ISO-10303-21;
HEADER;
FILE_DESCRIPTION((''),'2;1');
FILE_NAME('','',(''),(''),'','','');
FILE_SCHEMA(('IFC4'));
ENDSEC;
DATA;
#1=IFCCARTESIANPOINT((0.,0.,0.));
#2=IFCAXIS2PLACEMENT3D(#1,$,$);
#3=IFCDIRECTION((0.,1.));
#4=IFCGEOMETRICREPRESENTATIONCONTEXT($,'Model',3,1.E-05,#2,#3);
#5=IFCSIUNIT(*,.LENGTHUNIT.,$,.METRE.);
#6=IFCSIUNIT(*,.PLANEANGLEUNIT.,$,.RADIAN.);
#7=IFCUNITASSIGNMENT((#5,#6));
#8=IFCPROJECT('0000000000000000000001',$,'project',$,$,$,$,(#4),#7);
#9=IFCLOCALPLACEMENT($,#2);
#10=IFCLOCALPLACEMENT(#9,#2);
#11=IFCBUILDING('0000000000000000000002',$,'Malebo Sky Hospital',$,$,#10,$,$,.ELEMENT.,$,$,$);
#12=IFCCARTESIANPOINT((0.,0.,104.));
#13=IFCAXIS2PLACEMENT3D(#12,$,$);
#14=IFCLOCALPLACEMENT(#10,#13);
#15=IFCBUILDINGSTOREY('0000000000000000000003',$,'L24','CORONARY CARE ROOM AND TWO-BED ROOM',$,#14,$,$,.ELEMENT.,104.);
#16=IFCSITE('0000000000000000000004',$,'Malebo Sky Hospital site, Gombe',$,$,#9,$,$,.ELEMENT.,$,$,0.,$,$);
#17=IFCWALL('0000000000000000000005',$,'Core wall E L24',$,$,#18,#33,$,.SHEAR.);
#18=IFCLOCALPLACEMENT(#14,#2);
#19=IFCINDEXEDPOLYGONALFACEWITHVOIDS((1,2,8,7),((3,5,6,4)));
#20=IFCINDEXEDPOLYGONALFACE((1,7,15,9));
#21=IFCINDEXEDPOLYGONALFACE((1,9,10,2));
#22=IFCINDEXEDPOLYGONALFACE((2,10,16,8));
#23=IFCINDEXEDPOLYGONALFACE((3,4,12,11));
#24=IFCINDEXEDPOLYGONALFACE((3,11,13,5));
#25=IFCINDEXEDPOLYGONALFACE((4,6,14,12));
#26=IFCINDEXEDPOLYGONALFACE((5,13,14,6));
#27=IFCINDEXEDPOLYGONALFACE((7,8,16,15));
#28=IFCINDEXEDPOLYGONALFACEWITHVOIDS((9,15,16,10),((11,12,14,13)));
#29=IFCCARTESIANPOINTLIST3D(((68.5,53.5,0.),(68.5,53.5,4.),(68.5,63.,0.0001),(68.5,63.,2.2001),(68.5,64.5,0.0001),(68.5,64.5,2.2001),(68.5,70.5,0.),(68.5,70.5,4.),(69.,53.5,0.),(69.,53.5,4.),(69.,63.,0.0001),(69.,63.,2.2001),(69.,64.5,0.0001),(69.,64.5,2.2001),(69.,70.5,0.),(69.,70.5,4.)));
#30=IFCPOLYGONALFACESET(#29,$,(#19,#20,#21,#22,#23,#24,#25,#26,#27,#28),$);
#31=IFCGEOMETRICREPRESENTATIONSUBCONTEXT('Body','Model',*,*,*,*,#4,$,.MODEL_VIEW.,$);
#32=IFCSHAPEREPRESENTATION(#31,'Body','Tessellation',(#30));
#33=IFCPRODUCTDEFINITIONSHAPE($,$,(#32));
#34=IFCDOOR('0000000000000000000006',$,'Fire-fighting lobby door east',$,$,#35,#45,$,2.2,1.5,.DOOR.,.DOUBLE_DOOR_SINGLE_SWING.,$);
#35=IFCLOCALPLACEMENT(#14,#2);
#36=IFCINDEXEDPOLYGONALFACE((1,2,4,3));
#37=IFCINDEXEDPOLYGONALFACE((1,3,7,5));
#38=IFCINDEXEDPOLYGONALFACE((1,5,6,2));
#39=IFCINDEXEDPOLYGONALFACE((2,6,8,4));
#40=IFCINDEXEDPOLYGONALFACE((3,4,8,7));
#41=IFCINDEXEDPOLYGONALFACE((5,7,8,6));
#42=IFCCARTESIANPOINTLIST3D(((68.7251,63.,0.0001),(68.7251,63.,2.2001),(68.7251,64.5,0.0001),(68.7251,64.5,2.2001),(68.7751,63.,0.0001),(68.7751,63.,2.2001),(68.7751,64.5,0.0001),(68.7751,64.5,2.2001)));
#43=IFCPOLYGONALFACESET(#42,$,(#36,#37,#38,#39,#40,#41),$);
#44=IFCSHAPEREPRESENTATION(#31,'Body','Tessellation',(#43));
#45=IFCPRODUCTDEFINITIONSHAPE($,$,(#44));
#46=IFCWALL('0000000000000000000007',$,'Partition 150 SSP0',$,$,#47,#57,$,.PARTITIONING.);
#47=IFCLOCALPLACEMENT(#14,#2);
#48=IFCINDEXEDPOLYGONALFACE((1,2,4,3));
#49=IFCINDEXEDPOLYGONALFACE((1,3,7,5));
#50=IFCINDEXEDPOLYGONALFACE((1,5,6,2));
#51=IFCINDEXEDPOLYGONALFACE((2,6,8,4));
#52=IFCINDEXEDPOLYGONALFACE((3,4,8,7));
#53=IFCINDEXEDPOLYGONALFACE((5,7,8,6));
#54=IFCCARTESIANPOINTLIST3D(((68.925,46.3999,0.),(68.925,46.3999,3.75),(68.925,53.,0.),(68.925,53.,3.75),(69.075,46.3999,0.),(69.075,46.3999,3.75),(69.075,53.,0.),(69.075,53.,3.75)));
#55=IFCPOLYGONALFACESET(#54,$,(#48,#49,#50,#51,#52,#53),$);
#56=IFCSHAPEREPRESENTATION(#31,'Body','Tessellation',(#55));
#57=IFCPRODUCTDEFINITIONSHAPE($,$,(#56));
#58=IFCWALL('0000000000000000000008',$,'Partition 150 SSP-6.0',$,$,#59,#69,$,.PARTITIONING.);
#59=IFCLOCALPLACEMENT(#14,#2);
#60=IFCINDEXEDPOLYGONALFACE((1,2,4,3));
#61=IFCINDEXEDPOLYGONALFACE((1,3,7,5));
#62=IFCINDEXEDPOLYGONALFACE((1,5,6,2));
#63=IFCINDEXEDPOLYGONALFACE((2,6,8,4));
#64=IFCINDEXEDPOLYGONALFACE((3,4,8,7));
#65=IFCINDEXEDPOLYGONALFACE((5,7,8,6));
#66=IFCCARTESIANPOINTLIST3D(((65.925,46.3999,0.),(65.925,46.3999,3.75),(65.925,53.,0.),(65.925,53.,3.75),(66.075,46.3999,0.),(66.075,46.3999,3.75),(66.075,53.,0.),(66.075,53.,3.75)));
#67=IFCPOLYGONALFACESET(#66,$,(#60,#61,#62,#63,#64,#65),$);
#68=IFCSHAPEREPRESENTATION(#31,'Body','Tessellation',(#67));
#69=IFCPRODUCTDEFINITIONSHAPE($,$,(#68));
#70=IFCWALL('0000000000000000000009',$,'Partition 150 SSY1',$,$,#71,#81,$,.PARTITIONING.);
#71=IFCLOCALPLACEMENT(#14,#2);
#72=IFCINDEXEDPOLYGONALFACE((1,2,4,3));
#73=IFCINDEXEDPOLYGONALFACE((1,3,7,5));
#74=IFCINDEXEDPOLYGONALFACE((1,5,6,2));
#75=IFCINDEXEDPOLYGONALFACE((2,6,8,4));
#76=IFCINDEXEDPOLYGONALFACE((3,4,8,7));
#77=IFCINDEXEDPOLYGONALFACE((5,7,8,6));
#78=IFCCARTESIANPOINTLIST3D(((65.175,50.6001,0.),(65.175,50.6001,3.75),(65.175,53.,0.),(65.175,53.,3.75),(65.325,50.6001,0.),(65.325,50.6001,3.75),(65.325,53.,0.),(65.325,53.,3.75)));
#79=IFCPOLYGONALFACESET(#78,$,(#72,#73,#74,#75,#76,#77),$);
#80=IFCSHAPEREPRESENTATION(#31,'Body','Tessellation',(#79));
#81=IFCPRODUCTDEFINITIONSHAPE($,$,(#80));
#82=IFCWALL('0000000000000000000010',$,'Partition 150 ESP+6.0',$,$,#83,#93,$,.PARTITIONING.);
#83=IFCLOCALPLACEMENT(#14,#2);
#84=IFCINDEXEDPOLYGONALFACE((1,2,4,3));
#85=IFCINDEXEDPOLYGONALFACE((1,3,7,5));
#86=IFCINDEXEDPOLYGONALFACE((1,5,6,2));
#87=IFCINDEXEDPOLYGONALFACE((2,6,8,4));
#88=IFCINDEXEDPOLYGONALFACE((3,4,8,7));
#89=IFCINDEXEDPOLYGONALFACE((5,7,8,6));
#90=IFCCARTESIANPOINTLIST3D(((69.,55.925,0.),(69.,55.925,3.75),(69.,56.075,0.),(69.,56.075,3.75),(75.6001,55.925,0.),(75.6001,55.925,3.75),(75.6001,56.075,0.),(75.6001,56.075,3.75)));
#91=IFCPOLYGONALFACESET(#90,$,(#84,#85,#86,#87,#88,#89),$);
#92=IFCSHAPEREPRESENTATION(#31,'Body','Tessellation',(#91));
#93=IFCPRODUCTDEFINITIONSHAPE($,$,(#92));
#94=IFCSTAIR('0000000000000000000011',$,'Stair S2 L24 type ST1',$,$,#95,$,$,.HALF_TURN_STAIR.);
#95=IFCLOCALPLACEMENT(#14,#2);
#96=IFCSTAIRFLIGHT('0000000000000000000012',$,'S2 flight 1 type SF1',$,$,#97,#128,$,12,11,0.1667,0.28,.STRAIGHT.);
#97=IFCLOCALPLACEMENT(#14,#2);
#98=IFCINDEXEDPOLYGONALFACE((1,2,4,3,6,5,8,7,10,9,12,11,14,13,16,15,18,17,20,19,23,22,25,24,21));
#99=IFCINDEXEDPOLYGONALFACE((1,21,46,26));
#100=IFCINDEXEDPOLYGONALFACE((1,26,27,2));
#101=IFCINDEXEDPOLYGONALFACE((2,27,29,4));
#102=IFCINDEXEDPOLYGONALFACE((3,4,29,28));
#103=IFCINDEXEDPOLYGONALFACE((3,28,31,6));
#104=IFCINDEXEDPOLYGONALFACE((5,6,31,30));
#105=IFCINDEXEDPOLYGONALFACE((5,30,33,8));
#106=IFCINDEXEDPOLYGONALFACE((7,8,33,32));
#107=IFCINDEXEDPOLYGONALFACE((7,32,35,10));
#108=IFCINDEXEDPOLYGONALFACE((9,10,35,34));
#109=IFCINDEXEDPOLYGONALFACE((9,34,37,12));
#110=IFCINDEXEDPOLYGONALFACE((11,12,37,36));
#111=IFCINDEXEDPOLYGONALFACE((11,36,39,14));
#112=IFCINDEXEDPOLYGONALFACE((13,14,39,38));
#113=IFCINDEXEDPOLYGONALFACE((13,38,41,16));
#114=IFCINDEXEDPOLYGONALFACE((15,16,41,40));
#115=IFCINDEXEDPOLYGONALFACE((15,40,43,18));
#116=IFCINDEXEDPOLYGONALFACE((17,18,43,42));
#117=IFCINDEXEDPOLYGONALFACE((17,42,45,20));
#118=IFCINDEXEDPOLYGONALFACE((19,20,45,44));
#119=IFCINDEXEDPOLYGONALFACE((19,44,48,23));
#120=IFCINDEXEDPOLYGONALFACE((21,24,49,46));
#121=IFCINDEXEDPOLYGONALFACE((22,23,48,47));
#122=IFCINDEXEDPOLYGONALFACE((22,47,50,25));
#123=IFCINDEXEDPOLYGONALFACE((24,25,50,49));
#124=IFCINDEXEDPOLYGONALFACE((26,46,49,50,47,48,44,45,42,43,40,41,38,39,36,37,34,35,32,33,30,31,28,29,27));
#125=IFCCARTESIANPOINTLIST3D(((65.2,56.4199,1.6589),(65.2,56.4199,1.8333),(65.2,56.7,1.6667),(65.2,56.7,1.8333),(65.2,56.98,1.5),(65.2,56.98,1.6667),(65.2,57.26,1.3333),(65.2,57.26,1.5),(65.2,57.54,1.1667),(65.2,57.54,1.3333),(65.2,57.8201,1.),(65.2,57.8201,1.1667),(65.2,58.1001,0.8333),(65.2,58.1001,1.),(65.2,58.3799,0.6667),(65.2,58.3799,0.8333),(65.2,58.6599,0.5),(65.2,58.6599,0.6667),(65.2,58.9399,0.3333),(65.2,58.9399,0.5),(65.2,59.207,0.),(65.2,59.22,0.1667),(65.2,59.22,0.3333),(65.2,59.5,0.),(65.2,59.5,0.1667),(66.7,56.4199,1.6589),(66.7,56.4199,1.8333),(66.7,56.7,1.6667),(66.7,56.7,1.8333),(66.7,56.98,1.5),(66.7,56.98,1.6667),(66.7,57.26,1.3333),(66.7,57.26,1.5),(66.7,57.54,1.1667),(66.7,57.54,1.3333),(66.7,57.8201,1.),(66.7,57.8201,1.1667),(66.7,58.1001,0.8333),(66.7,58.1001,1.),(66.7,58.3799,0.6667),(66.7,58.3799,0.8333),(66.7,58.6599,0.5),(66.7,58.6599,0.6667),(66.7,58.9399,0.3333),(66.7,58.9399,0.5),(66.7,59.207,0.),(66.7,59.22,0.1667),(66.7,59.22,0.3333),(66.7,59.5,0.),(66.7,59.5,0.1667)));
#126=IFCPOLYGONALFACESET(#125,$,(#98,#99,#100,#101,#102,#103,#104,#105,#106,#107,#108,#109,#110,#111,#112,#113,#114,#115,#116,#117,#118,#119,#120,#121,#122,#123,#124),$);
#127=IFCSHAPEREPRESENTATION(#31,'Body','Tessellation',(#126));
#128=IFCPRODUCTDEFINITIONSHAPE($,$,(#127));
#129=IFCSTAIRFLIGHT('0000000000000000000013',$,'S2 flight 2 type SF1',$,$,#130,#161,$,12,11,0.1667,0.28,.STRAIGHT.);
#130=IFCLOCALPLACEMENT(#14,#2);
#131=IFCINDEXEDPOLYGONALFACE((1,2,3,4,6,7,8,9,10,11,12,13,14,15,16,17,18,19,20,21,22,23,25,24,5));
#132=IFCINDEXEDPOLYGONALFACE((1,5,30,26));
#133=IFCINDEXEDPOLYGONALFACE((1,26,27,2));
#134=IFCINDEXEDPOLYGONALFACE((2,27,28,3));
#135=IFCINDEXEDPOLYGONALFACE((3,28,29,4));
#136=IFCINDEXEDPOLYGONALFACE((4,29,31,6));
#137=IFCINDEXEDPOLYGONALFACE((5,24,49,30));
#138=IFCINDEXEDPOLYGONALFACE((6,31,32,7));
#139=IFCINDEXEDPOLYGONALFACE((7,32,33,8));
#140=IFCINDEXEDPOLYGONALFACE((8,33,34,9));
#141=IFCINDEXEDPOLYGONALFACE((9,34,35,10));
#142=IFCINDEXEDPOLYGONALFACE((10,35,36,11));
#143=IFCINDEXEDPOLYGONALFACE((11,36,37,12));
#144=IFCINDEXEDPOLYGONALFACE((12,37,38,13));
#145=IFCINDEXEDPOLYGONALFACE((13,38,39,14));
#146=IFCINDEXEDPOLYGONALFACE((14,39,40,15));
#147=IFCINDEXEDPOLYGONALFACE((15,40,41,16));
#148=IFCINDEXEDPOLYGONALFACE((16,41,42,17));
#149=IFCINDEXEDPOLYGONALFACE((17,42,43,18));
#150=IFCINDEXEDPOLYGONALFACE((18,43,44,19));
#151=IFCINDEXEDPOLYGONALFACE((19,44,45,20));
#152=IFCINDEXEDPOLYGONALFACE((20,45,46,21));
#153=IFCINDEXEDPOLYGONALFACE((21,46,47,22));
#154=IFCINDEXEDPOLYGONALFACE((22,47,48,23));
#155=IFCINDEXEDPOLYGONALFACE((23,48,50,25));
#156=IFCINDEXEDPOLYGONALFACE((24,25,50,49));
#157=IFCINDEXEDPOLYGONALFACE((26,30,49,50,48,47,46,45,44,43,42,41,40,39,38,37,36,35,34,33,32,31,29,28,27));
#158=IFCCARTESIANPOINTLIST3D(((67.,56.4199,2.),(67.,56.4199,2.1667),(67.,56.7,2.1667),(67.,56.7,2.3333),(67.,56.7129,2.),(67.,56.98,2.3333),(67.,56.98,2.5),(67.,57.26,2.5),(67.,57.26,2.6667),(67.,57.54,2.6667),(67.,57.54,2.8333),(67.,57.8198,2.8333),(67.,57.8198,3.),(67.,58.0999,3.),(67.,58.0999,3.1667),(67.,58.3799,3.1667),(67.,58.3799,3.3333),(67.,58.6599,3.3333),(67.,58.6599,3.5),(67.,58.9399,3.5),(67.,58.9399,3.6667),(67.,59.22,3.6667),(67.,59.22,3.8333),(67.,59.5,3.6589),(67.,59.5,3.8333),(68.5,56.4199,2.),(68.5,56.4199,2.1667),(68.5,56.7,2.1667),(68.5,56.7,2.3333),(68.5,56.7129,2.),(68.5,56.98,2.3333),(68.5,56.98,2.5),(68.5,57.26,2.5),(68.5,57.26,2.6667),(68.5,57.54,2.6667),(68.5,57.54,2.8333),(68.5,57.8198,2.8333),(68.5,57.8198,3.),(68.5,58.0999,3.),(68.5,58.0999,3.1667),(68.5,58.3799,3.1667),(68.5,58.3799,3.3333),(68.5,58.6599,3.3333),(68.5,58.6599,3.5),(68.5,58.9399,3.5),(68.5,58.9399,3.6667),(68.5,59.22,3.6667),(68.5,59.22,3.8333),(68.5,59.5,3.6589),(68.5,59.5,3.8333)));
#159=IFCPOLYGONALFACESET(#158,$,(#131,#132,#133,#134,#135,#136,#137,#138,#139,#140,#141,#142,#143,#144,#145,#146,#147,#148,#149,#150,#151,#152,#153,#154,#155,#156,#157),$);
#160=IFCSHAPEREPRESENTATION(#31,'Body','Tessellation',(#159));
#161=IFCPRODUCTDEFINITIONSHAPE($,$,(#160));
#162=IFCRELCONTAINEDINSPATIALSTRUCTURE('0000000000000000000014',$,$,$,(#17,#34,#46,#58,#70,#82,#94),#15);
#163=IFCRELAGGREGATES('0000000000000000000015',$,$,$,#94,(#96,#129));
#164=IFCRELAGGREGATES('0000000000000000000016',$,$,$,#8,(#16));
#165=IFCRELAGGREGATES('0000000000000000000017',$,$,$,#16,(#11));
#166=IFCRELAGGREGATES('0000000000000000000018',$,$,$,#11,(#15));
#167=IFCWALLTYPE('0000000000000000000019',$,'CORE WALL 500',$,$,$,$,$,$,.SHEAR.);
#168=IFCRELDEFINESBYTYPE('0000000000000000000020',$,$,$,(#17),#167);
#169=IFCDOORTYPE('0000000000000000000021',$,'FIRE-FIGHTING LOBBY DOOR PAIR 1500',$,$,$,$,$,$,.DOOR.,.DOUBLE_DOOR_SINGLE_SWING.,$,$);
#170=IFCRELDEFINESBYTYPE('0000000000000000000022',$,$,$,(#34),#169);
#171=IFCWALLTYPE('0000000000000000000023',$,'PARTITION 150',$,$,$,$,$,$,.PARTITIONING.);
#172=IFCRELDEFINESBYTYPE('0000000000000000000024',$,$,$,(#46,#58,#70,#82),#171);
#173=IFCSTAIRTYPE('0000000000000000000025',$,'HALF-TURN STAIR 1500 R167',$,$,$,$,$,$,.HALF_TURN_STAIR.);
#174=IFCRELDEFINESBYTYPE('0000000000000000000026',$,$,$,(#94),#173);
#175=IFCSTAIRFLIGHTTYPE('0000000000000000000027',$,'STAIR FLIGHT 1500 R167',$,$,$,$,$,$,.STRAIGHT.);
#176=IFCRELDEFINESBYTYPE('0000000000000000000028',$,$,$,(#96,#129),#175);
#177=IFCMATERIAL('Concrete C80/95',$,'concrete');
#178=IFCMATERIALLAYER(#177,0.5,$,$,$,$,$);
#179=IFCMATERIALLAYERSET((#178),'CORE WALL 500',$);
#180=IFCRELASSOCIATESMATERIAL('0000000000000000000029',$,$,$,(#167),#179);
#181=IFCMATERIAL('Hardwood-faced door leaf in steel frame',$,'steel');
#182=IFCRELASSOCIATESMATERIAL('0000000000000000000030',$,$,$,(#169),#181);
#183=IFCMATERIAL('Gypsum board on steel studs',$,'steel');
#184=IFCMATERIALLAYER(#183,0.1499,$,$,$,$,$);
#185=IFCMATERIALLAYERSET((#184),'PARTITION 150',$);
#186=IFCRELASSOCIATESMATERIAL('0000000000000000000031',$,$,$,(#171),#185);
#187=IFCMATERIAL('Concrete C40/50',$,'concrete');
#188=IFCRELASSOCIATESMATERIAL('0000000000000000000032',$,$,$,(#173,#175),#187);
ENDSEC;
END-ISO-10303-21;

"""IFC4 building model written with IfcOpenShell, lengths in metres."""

from ifc_helpers import new_model, si_unit, direction, frame, frame_2d, origin, place, context, subcontext, project, spatial, polyline, rectangle, outline, extrude, material, layer, layer_set, type_object, element, fill, aggregate, save


model = new_model("IFC4")

# Units and contexts
model_context = context("Model", 3, precision=1e-05, world=origin(), true_north=direction((0.0, 1.0)))
body_context = subcontext(model_context, "Body", "Model", "MODEL_VIEW")
ifc_project = project(units=[si_unit("LENGTHUNIT", "METRE"), si_unit("PLANEANGLEUNIT", "RADIAN")], contexts=[model_context])

# Site, building, storey
site_placement = place(None, origin())
site = spatial("IfcSite", under=ifc_project, at=site_placement, Name="Malebo Sky Hospital site, Gombe", CompositionType="ELEMENT", RefElevation=0.0)
building_placement = place(site_placement, origin())
building = spatial("IfcBuilding", under=site, at=building_placement, Name="Malebo Sky Hospital", CompositionType="ELEMENT")
storey_placement = place(building_placement, frame((0.0, 0.0, 104.0)))
storey = spatial("IfcBuildingStorey", under=building, at=storey_placement, Name="L24", Description="CORONARY CARE ROOM AND TWO-BED ROOM", CompositionType="ELEMENT", Elevation=104.0)

# Shared definitions
ifc_material_1 = material(Name="Concrete C80/95", Category="concrete")

# Wall, opening, door
ifc_material_2 = material(Name="Hardwood-faced door leaf in steel frame", Category="steel")
ifc_layer_1 = layer(ifc_material_1, 0.5)
ifc_layer_set_1 = layer_set([ifc_layer_1], Name="CORE WALL 500")
wall_type_1 = type_object("IfcWallType", Name="CORE WALL 500", PredefinedType="SHEAR", material=ifc_layer_set_1)
wall_1_placement = place(storey_placement, frame((68.75, 53.5, 0.0), z_axis=(0.0, 0.0, 1.0), x_axis=(0.0, 1.0, 0.0)))
wall_1 = element("IfcWall", 1, at=wall_1_placement, inside=storey, type_object=wall_type_1, Name="Core wall E L24", PredefinedType="SHEAR", context=body_context, shape_type="SweptSolid", body=[
    extrude(rectangle(XDim=17.0, YDim=0.5, at=frame_2d((8.5, 0.0))), origin(), (0.0, 0.0, 1.0), 4.0),
])
opening_1_placement = place(wall_1_placement, frame((9.5, 0.0, 0.0)))
opening_1 = element("IfcOpeningElement", 2, at=opening_1_placement, cuts=wall_1, PredefinedType="OPENING", context=body_context, shape_type="SweptSolid", body=[
    extrude(rectangle(XDim=1.5, YDim=2.2, at=frame_2d((0.75, 1.1001))), frame((0.0, 0.26, 0.0), z_axis=(0.0, -1.0, 0.0), x_axis=(1.0, 0.0, 0.0)), (0.0, 0.0, 1.0), 0.52),
])
door_type_1 = type_object("IfcDoorType", Name="FIRE-FIGHTING LOBBY DOOR PAIR 1500", OperationType="DOUBLE_DOOR_SINGLE_SWING", PredefinedType="DOOR", material=ifc_material_2)
door_1_placement = place(opening_1_placement, origin())
door_1 = element("IfcDoor", 3, at=door_1_placement, inside=storey, type_object=door_type_1, Name="Fire-fighting lobby door east", OperationType="DOUBLE_DOOR_SINGLE_SWING", OverallHeight=2.2, OverallWidth=1.5, PredefinedType="DOOR", context=body_context, shape_type="SweptSolid", body=[
    extrude(rectangle(XDim=1.5, YDim=2.2, at=frame_2d((0.75, 1.1001))), frame((0.0, 0.0249, 0.0), z_axis=(0.0, -1.0, 0.0), x_axis=(1.0, 0.0, 0.0)), (0.0, 0.0, 1.0), 0.05),
])
fill(opening_1, door_1)

# Walls
ifc_material_3 = material(Name="Gypsum board on steel studs", Category="steel")
ifc_layer_2 = layer(ifc_material_3, 0.1499)
ifc_layer_set_2 = layer_set([ifc_layer_2], Name="PARTITION 150")
wall_type_2 = type_object("IfcWallType", Name="PARTITION 150", PredefinedType="PARTITIONING", material=ifc_layer_set_2)
for number, where, z_axis, x_axis, name in (
    (4, (69.0, 53.0, 0.0), (0.0, 0.0, 1.0), (0.0, -1.0, 0.0), "Partition 150 SSP0"),
    (5, (66.0, 53.0, 0.0), (0.0, 0.0, 1.0), (0.0, -1.0, 0.0), "Partition 150 SSP-6.0"),
):
    element("IfcWall", number, at=place(storey_placement, frame(where, z_axis=z_axis, x_axis=x_axis)), inside=storey, type_object=wall_type_2, Name=name, PredefinedType="PARTITIONING", context=body_context, shape_type="SweptSolid", body=[
        extrude(rectangle(XDim=6.6001, YDim=0.1499, at=frame_2d((3.3, 0.0))), origin(), (0.0, 0.0, 1.0), 3.75),
    ])
wall_2_placement = place(storey_placement, frame((65.25, 53.0, 0.0), z_axis=(0.0, 0.0, 1.0), x_axis=(0.0, -1.0, 0.0)))
element("IfcWall", 6, at=wall_2_placement, inside=storey, type_object=wall_type_2, Name="Partition 150 SSY1", PredefinedType="PARTITIONING", context=body_context, shape_type="SweptSolid", body=[
    extrude(rectangle(XDim=2.3999, YDim=0.1499, at=frame_2d((1.2, 0.0))), origin(), (0.0, 0.0, 1.0), 3.75),
])
wall_3_placement = place(storey_placement, frame((69.0, 56.0, 0.0), z_axis=(0.0, 0.0, 1.0), x_axis=(1.0, 0.0, 0.0)))
element("IfcWall", 7, at=wall_3_placement, inside=storey, type_object=wall_type_2, Name="Partition 150 ESP+6.0", PredefinedType="PARTITIONING", context=body_context, shape_type="SweptSolid", body=[
    extrude(rectangle(XDim=6.6001, YDim=0.1499, at=frame_2d((3.3, 0.0))), origin(), (0.0, 0.0, 1.0), 3.75),
])

# Stair, stair flights
ifc_material_4 = material(Name="Concrete C40/50", Category="concrete")
stair_type = type_object("IfcStairType", Name="HALF-TURN STAIR 1500 R167", PredefinedType="HALF_TURN_STAIR", material=ifc_material_4)
stair_placement = place(storey_placement, origin())
stair = element("IfcStair", 8, at=stair_placement, inside=storey, type_object=stair_type, Name="Stair S2 L24 type ST1", PredefinedType="HALF_TURN_STAIR")
stair_flight_type = type_object("IfcStairFlightType", Name="STAIR FLIGHT 1500 R167", PredefinedType="STRAIGHT", material=ifc_material_4)
stair_flight_1_placement = place(storey_placement, frame((65.95, 59.5, 0.0), z_axis=(0.0, 0.0, 1.0), x_axis=(0.0, -1.0, 0.0)))
stair_flight_1 = element("IfcStairFlight", 9, at=stair_flight_1_placement, type_object=stair_flight_type, Name="S2 flight 1 type SF1", NumberOfRisers=12, NumberOfTreads=11, PredefinedType="STRAIGHT", RiserHeight=0.1667, TreadLength=0.28, context=body_context, shape_type="SweptSolid", body=[
    extrude(outline(polyline([(0.0, 0.0), (0.0, 0.1667), (0.28, 0.1667), (0.28, 0.3333), (0.5601, 0.3333), (0.5601, 0.5), (0.8401, 0.5), (0.8401, 0.6667), (1.1201, 0.6667), (1.1201, 0.8333), (1.3999, 0.8333), (1.3999, 1.0), (1.6799, 1.0), (1.6799, 1.1667), (1.96, 1.1667), (1.96, 1.3333), (2.24, 1.3333), (2.24, 1.5), (2.52, 1.5), (2.52, 1.6667), (2.8, 1.6667), (2.8, 1.8333), (3.0801, 1.8333), (3.0801, 2.0), (3.0801, 1.6589), (0.293, 0.0), (0.0, 0.0)])), frame((0.0, 0.75, 0.0), z_axis=(0.0, -1.0, 0.0), x_axis=(1.0, 0.0, 0.0)), (0.0, 0.0, 1.0), 1.5),
])
stair_flight_2_placement = place(storey_placement, frame((67.75, 56.4199, 2.0), z_axis=(0.0, 0.0, 1.0), x_axis=(0.0, 1.0, 0.0)))
stair_flight_2 = element("IfcStairFlight", 10, at=stair_flight_2_placement, type_object=stair_flight_type, Name="S2 flight 2 type SF1", NumberOfRisers=12, NumberOfTreads=11, PredefinedType="STRAIGHT", RiserHeight=0.1667, TreadLength=0.28, context=body_context, shape_type="SweptSolid", body=[
    extrude(outline(polyline([(0.0, 0.0), (0.0, 0.1667), (0.28, 0.1667), (0.28, 0.3333), (0.5601, 0.3333), (0.5601, 0.5), (0.8401, 0.5), (0.8401, 0.6667), (1.1201, 0.6667), (1.1201, 0.8333), (1.3999, 0.8333), (1.3999, 1.0), (1.6799, 1.0), (1.6799, 1.1667), (1.96, 1.1667), (1.96, 1.3333), (2.24, 1.3333), (2.24, 1.5), (2.52, 1.5), (2.52, 1.6667), (2.8, 1.6667), (2.8, 1.8333), (3.0801, 1.8333), (3.0801, 2.0), (3.0801, 1.6589), (0.293, 0.0), (0.0, 0.0)])), frame((0.0, 0.75, 0.0), z_axis=(0.0, -1.0, 0.0), x_axis=(1.0, 0.0, 0.0)), (0.0, 0.0, 1.0), 1.5),
])
aggregate(stair, [stair_flight_1, stair_flight_2])

save(model, "model.ifc")
